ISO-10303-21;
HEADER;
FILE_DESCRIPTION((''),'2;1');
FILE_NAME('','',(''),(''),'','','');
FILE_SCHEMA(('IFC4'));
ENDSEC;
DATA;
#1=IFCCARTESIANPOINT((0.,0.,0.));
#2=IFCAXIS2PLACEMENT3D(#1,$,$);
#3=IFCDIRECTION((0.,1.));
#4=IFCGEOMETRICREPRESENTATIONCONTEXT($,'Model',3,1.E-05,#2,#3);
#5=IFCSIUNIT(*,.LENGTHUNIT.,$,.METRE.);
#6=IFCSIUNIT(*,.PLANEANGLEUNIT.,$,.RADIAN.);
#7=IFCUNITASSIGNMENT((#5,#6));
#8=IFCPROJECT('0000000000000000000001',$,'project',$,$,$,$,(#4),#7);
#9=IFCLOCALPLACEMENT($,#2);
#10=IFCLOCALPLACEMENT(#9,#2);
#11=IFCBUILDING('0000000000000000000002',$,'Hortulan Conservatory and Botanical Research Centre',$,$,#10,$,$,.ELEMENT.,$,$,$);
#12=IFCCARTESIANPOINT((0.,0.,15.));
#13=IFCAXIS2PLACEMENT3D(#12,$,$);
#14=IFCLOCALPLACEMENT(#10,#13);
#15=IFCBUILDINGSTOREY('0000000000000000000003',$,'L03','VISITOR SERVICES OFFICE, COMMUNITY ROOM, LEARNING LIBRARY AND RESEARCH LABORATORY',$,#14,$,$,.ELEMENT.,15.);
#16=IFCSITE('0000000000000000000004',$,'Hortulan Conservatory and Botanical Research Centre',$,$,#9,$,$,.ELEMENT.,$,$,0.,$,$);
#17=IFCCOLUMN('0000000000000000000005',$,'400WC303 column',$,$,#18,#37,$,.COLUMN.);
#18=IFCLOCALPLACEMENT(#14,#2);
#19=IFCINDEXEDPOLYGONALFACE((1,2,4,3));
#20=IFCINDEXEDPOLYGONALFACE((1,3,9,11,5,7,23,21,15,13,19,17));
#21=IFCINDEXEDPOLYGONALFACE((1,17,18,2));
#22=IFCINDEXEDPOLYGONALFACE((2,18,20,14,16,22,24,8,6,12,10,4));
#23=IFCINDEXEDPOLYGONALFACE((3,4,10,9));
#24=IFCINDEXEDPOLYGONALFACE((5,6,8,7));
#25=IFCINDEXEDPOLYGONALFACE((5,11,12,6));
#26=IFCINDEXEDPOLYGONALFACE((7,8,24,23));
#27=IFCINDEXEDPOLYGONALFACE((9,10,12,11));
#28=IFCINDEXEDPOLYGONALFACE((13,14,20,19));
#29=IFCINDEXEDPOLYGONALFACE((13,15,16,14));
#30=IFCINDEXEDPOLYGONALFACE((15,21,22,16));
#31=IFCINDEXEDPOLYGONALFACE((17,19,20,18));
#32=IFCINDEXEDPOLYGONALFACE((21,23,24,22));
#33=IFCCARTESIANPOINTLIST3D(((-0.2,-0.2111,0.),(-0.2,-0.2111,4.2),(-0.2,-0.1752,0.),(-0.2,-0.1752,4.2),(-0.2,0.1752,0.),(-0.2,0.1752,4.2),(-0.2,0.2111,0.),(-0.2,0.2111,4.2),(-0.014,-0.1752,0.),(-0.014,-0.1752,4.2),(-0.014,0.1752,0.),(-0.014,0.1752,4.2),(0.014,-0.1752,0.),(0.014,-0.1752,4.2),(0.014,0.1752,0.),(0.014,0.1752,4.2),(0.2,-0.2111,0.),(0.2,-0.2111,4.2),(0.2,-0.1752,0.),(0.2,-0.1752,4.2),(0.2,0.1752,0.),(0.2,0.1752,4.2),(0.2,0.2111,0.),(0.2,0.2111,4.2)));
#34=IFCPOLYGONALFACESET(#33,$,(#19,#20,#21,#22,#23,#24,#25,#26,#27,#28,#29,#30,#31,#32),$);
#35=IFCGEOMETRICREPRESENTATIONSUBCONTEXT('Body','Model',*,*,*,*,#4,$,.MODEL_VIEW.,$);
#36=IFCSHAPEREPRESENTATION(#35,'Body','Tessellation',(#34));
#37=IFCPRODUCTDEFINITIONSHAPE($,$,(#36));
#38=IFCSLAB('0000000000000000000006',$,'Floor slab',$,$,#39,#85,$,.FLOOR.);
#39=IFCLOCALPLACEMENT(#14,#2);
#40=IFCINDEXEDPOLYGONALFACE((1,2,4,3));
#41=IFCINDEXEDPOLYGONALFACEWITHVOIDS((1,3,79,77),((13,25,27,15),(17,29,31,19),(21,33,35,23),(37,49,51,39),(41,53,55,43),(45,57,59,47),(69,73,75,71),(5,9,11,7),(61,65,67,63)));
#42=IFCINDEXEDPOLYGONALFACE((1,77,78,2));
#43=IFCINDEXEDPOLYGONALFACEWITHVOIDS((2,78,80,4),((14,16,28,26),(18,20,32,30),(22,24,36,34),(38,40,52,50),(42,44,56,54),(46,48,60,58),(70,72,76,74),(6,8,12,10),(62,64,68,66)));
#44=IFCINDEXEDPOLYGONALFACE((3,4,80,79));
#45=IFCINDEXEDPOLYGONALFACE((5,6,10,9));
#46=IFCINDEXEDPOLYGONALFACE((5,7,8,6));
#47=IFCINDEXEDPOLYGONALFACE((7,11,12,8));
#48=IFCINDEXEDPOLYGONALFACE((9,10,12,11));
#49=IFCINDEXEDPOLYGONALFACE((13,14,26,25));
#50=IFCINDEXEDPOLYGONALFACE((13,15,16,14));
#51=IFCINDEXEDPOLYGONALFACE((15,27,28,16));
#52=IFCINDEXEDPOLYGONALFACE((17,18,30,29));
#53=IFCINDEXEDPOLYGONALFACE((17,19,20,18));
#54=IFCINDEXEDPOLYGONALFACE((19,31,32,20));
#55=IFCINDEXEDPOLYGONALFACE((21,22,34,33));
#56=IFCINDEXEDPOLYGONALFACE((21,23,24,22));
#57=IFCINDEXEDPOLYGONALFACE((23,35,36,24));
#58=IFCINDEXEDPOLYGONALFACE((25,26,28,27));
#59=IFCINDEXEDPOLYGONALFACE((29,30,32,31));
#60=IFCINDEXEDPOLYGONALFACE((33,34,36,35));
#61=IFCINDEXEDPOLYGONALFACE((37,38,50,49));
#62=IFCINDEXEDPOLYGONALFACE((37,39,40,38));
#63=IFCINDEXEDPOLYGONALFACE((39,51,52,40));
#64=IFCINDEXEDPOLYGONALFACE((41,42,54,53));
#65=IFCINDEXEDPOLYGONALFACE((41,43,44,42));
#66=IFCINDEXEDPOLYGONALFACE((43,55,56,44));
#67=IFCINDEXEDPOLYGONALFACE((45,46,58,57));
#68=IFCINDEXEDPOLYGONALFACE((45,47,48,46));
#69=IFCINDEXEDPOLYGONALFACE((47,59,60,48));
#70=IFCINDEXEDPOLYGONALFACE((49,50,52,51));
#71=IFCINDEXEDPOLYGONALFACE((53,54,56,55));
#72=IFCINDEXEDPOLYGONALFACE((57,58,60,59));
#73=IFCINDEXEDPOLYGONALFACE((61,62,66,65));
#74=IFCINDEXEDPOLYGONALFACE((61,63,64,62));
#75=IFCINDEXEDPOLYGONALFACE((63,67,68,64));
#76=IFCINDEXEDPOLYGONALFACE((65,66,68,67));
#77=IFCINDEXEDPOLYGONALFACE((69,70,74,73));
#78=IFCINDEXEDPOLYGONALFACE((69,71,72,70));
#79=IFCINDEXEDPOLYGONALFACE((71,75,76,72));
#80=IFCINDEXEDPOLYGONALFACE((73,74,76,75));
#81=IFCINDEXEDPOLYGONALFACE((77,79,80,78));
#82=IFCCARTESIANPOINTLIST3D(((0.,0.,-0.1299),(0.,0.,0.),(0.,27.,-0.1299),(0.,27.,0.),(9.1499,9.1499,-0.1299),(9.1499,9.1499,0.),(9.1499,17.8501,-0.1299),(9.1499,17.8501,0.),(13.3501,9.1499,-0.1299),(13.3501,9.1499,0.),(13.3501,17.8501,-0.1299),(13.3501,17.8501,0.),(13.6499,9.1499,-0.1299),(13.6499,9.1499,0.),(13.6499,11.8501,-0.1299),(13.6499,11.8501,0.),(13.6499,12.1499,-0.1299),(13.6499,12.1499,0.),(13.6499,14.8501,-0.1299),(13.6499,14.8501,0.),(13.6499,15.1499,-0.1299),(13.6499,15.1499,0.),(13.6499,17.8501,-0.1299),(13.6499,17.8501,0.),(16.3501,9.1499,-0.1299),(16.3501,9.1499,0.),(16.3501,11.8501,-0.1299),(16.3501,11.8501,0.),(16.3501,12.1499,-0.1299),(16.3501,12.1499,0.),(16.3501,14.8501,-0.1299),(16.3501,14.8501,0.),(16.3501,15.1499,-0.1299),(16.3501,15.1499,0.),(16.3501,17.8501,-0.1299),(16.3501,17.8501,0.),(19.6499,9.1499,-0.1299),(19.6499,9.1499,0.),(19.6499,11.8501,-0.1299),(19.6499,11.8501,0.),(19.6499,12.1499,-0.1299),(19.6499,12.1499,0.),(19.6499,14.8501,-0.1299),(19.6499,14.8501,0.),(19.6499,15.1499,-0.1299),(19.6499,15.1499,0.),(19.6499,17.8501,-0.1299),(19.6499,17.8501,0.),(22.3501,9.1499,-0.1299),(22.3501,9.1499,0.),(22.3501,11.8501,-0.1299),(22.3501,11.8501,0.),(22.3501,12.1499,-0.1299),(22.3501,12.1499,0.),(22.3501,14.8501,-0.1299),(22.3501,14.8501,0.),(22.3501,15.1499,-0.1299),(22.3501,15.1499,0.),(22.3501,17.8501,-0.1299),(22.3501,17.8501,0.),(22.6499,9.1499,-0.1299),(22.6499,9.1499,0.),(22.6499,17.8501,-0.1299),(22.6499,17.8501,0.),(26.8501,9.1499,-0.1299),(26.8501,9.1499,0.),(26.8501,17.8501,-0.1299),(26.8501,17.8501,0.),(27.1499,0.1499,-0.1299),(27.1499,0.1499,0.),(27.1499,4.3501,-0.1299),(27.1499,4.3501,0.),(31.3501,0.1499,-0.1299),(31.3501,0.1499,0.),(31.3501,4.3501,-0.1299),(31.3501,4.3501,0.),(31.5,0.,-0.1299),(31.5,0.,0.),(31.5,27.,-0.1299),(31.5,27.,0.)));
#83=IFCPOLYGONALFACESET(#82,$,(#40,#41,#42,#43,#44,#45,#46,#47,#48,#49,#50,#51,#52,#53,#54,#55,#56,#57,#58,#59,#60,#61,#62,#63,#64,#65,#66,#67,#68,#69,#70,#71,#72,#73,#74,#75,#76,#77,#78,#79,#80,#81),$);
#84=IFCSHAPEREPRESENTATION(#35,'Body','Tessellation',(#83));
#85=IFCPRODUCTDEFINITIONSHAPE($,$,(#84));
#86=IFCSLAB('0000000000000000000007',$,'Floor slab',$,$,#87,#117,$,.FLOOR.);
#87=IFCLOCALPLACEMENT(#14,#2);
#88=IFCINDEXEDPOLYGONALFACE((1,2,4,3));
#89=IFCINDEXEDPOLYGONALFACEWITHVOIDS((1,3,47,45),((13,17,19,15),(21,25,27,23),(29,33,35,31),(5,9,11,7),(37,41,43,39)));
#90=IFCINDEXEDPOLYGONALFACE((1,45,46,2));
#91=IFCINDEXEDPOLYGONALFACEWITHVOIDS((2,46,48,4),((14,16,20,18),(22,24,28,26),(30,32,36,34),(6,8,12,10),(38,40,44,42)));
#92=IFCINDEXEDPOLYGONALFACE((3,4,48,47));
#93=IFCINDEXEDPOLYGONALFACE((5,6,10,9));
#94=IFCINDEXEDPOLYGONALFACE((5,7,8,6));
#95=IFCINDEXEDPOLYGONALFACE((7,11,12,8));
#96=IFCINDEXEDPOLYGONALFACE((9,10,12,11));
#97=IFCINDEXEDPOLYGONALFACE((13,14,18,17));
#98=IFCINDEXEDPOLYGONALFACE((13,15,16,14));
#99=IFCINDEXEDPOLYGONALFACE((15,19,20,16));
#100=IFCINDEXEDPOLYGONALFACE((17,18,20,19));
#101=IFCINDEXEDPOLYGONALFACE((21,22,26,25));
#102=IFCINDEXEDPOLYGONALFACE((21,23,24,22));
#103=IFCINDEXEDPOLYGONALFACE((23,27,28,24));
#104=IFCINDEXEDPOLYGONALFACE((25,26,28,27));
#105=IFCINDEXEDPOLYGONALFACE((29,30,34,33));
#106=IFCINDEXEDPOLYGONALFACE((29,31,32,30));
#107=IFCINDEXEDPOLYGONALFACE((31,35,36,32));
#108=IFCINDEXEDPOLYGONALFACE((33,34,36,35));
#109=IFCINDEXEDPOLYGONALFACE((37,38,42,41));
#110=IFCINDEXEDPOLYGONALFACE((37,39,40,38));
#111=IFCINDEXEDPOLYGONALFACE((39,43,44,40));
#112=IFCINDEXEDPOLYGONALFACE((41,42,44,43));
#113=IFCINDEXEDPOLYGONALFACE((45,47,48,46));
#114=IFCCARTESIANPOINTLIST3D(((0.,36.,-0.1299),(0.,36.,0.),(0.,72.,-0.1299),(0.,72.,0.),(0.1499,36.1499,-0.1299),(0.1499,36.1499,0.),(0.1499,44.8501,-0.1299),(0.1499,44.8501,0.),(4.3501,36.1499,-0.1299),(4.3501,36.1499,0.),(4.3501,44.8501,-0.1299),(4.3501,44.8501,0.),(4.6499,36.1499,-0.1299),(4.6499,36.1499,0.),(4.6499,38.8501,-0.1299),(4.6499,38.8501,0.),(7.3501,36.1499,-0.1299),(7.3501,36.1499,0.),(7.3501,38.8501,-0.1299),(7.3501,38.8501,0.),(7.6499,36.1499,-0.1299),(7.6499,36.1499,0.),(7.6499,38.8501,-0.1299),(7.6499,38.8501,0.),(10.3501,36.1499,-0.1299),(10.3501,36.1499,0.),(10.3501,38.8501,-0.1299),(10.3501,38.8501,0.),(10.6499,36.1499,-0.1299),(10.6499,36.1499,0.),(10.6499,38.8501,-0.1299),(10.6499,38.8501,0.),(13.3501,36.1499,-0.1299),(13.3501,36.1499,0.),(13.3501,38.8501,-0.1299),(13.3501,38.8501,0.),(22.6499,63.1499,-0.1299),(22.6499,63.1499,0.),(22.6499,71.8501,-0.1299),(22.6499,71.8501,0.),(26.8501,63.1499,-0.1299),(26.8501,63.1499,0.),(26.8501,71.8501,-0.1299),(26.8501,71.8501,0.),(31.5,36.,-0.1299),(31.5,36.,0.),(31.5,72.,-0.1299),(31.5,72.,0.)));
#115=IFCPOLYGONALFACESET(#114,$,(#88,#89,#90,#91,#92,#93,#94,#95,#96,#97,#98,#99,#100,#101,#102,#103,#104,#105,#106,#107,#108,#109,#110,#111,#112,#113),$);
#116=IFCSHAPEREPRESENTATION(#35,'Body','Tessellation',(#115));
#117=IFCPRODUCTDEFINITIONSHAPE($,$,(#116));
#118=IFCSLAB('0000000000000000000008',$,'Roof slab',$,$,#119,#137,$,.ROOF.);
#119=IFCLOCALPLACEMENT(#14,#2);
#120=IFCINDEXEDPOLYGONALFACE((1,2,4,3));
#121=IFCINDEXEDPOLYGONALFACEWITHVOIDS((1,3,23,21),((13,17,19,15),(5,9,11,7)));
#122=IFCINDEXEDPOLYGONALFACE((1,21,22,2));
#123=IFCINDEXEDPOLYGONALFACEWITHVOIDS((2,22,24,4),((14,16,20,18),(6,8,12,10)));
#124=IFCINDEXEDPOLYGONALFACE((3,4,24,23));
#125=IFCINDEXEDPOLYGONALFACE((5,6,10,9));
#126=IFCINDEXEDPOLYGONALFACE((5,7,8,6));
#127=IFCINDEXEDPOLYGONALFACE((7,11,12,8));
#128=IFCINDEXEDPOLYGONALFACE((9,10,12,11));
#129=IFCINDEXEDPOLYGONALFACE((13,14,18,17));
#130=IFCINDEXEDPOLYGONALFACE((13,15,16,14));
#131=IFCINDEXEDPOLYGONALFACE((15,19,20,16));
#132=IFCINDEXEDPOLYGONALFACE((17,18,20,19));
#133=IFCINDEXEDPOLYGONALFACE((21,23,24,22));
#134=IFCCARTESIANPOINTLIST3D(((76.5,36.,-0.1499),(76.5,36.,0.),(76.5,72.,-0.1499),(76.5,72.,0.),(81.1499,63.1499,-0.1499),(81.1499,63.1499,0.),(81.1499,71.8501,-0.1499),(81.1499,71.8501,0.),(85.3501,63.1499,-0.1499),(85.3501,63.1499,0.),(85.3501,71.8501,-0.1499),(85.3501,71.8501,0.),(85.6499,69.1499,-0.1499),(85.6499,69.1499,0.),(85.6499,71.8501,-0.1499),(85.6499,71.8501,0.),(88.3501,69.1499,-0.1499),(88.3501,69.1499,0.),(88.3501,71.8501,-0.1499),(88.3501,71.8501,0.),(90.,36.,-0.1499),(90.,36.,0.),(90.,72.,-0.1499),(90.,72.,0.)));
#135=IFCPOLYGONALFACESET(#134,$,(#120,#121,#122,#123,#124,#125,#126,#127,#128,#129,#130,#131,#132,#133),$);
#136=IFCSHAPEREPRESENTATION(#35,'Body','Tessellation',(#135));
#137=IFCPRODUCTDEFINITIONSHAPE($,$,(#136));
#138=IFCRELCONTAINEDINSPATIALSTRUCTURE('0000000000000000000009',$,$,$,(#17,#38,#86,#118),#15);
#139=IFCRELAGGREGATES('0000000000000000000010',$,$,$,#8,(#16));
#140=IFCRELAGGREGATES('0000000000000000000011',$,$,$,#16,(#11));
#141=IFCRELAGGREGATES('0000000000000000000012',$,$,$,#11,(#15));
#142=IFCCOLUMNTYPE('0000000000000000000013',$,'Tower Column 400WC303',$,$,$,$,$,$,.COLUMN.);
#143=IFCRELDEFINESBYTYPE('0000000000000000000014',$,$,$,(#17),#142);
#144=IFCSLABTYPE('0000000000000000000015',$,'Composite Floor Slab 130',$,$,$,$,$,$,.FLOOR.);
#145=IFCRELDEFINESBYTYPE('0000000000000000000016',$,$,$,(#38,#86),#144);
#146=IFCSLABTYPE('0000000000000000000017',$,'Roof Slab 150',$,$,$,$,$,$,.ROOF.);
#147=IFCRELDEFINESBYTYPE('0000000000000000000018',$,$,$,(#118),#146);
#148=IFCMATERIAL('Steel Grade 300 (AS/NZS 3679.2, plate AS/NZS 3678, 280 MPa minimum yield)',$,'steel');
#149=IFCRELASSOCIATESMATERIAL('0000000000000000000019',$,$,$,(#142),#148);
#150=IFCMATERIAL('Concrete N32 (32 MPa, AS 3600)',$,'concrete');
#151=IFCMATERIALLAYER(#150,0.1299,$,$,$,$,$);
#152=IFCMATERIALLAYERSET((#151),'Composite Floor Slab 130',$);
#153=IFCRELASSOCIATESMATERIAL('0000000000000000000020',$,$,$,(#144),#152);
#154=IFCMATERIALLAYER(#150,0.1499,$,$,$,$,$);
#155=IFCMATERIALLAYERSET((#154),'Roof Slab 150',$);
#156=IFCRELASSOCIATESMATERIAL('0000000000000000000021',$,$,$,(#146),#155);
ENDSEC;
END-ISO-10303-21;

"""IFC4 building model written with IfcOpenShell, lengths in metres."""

from ifc_helpers import new_model, si_unit, direction, frame, origin, origin_with_axes, origin_2d, place, context, subcontext, project, spatial, polyline, i_section, outline, extrude, material, layer, layer_set, material_profile, profile_set, type_object, element, save


model = new_model("IFC4")

# Units and contexts
model_context = context("Model", 3, precision=1e-05, world=origin(), true_north=direction((0.0, 1.0)))
body_context = subcontext(model_context, "Body", "Model", "MODEL_VIEW")
ifc_project = project(units=[si_unit("LENGTHUNIT", "METRE"), si_unit("PLANEANGLEUNIT", "RADIAN")], contexts=[model_context])

# Site, building, storey
site_placement = place(None, origin())
site = spatial("IfcSite", under=ifc_project, at=site_placement, Name="Hortulan Conservatory and Botanical Research Centre", CompositionType="ELEMENT", RefElevation=0.0)
building_placement = place(site_placement, origin())
building = spatial("IfcBuilding", under=site, at=building_placement, Name="Hortulan Conservatory and Botanical Research Centre", CompositionType="ELEMENT")
storey_placement = place(building_placement, frame((0.0, 0.0, 15.0)))
storey = spatial("IfcBuildingStorey", under=building, at=storey_placement, Name="L03", Description="VISITOR SERVICES OFFICE, COMMUNITY ROOM, LEARNING LIBRARY AND RESEARCH LABORATORY", CompositionType="ELEMENT", Elevation=15.0)

# Column
ifc_material_1 = material(Name="Steel Grade 300 (AS/NZS 3679.2, plate AS/NZS 3678, 280 MPa minimum yield)", Category="steel")
ifc_material_profile = material_profile(ifc_material_1, i_section(OverallWidth=0.3999, OverallDepth=0.4221, WebThickness=0.0281, FlangeThickness=0.0359, at=origin_2d()), Name="400WC303")
ifc_profile_set = profile_set([ifc_material_profile], Name="Steel Grade 300 (AS/NZS 3679.2, plate AS/NZS 3678, 280 MPa minimum yield)")
column_type = type_object("IfcColumnType", Name="Tower Column 400WC303", PredefinedType="COLUMN", material=ifc_profile_set)
column_placement = place(storey_placement, origin_with_axes())
element("IfcColumn", 1, at=column_placement, inside=storey, type_object=column_type, Name="400WC303 column", PredefinedType="COLUMN", context=body_context, shape_type="SweptSolid", body=[
    extrude(i_section(OverallWidth=0.3999, OverallDepth=0.4221, WebThickness=0.0281, FlangeThickness=0.0359, at=origin_2d()), origin(), (0.0, 0.0, 1.0), 4.2),
])

# Slabs
ifc_material_2 = material(Name="Concrete N32 (32 MPa, AS 3600)", Category="concrete")
ifc_layer_1 = layer(ifc_material_2, 0.1299)
ifc_layer_set_1 = layer_set([ifc_layer_1], Name="Composite Floor Slab 130")
slab_type_1 = type_object("IfcSlabType", Name="Composite Floor Slab 130", PredefinedType="FLOOR", material=ifc_layer_set_1)
slab_1_placement = place(storey_placement, frame((0.0, 0.0, -0.1299)))
element("IfcSlab", 2, at=slab_1_placement, inside=storey, type_object=slab_type_1, Name="Floor slab", PredefinedType="FLOOR", context=body_context, shape_type="SweptSolid", body=[
    extrude(outline(polyline([(0.0, 0.0), (31.5, 0.0), (31.5, 27.0), (0.0, 27.0), (0.0, 0.0)]), holes=[polyline([(27.1499, 4.3501), (27.1499, 0.1499), (31.3501, 0.1499), (31.3501, 4.3501), (27.1499, 4.3501)]), polyline([(13.6499, 11.8501), (13.6499, 9.1499), (16.3501, 9.1499), (16.3501, 11.8501), (13.6499, 11.8501)]), polyline([(19.6499, 11.8501), (19.6499, 9.1499), (22.3501, 9.1499), (22.3501, 11.8501), (19.6499, 11.8501)]), polyline([(9.1499, 17.8501), (9.1499, 9.1499), (13.3501, 9.1499), (13.3501, 17.8501), (9.1499, 17.8501)]), polyline([(13.6499, 14.8501), (13.6499, 12.1499), (16.3501, 12.1499), (16.3501, 14.8501), (13.6499, 14.8501)]), polyline([(19.6499, 14.8501), (19.6499, 12.1499), (22.3501, 12.1499), (22.3501, 14.8501), (19.6499, 14.8501)]), polyline([(22.6499, 17.8501), (22.6499, 9.1499), (26.8501, 9.1499), (26.8501, 17.8501), (22.6499, 17.8501)]), polyline([(16.3501, 17.8501), (13.6499, 17.8501), (13.6499, 15.1499), (16.3501, 15.1499), (16.3501, 17.8501)]), polyline([(22.3501, 17.8501), (19.6499, 17.8501), (19.6499, 15.1499), (22.3501, 15.1499), (22.3501, 17.8501)])]), origin(), (0.0, 0.0, 1.0), 0.1299),
])
slab_2_placement = place(storey_placement, frame((0.0, 0.0, -0.1299)))
element("IfcSlab", 3, at=slab_2_placement, inside=storey, type_object=slab_type_1, Name="Floor slab", PredefinedType="FLOOR", context=body_context, shape_type="SweptSolid", body=[
    extrude(outline(polyline([(0.0, 36.0), (31.5, 36.0), (31.5, 72.0), (0.0, 72.0), (0.0, 36.0)]), holes=[polyline([(4.6499, 36.1499), (7.3501, 36.1499), (7.3501, 38.8501), (4.6499, 38.8501), (4.6499, 36.1499)]), polyline([(7.6499, 36.1499), (10.3501, 36.1499), (10.3501, 38.8501), (7.6499, 38.8501), (7.6499, 36.1499)]), polyline([(10.6499, 36.1499), (13.3501, 36.1499), (13.3501, 38.8501), (10.6499, 38.8501), (10.6499, 36.1499)]), polyline([(0.1499, 44.8501), (0.1499, 36.1499), (4.3501, 36.1499), (4.3501, 44.8501), (0.1499, 44.8501)]), polyline([(22.6499, 71.8501), (22.6499, 63.1499), (26.8501, 63.1499), (26.8501, 71.8501), (22.6499, 71.8501)])]), origin(), (0.0, 0.0, 1.0), 0.1299),
])
ifc_layer_2 = layer(ifc_material_2, 0.1499)
ifc_layer_set_2 = layer_set([ifc_layer_2], Name="Roof Slab 150")
slab_type_2 = type_object("IfcSlabType", Name="Roof Slab 150", PredefinedType="ROOF", material=ifc_layer_set_2)
slab_3_placement = place(storey_placement, frame((0.0, 0.0, -0.1499)))
element("IfcSlab", 4, at=slab_3_placement, inside=storey, type_object=slab_type_2, Name="Roof slab", PredefinedType="ROOF", context=body_context, shape_type="SweptSolid", body=[
    extrude(outline(polyline([(76.5, 36.0), (90.0, 36.0), (90.0, 72.0), (76.5, 72.0), (76.5, 36.0)]), holes=[polyline([(81.1499, 63.1499), (85.3501, 63.1499), (85.3501, 71.8501), (81.1499, 71.8501), (81.1499, 63.1499)]), polyline([(85.6499, 69.1499), (88.3501, 69.1499), (88.3501, 71.8501), (85.6499, 71.8501), (85.6499, 69.1499)])]), origin(), (0.0, 0.0, 1.0), 0.1499),
])

save(model, "model.ifc")
